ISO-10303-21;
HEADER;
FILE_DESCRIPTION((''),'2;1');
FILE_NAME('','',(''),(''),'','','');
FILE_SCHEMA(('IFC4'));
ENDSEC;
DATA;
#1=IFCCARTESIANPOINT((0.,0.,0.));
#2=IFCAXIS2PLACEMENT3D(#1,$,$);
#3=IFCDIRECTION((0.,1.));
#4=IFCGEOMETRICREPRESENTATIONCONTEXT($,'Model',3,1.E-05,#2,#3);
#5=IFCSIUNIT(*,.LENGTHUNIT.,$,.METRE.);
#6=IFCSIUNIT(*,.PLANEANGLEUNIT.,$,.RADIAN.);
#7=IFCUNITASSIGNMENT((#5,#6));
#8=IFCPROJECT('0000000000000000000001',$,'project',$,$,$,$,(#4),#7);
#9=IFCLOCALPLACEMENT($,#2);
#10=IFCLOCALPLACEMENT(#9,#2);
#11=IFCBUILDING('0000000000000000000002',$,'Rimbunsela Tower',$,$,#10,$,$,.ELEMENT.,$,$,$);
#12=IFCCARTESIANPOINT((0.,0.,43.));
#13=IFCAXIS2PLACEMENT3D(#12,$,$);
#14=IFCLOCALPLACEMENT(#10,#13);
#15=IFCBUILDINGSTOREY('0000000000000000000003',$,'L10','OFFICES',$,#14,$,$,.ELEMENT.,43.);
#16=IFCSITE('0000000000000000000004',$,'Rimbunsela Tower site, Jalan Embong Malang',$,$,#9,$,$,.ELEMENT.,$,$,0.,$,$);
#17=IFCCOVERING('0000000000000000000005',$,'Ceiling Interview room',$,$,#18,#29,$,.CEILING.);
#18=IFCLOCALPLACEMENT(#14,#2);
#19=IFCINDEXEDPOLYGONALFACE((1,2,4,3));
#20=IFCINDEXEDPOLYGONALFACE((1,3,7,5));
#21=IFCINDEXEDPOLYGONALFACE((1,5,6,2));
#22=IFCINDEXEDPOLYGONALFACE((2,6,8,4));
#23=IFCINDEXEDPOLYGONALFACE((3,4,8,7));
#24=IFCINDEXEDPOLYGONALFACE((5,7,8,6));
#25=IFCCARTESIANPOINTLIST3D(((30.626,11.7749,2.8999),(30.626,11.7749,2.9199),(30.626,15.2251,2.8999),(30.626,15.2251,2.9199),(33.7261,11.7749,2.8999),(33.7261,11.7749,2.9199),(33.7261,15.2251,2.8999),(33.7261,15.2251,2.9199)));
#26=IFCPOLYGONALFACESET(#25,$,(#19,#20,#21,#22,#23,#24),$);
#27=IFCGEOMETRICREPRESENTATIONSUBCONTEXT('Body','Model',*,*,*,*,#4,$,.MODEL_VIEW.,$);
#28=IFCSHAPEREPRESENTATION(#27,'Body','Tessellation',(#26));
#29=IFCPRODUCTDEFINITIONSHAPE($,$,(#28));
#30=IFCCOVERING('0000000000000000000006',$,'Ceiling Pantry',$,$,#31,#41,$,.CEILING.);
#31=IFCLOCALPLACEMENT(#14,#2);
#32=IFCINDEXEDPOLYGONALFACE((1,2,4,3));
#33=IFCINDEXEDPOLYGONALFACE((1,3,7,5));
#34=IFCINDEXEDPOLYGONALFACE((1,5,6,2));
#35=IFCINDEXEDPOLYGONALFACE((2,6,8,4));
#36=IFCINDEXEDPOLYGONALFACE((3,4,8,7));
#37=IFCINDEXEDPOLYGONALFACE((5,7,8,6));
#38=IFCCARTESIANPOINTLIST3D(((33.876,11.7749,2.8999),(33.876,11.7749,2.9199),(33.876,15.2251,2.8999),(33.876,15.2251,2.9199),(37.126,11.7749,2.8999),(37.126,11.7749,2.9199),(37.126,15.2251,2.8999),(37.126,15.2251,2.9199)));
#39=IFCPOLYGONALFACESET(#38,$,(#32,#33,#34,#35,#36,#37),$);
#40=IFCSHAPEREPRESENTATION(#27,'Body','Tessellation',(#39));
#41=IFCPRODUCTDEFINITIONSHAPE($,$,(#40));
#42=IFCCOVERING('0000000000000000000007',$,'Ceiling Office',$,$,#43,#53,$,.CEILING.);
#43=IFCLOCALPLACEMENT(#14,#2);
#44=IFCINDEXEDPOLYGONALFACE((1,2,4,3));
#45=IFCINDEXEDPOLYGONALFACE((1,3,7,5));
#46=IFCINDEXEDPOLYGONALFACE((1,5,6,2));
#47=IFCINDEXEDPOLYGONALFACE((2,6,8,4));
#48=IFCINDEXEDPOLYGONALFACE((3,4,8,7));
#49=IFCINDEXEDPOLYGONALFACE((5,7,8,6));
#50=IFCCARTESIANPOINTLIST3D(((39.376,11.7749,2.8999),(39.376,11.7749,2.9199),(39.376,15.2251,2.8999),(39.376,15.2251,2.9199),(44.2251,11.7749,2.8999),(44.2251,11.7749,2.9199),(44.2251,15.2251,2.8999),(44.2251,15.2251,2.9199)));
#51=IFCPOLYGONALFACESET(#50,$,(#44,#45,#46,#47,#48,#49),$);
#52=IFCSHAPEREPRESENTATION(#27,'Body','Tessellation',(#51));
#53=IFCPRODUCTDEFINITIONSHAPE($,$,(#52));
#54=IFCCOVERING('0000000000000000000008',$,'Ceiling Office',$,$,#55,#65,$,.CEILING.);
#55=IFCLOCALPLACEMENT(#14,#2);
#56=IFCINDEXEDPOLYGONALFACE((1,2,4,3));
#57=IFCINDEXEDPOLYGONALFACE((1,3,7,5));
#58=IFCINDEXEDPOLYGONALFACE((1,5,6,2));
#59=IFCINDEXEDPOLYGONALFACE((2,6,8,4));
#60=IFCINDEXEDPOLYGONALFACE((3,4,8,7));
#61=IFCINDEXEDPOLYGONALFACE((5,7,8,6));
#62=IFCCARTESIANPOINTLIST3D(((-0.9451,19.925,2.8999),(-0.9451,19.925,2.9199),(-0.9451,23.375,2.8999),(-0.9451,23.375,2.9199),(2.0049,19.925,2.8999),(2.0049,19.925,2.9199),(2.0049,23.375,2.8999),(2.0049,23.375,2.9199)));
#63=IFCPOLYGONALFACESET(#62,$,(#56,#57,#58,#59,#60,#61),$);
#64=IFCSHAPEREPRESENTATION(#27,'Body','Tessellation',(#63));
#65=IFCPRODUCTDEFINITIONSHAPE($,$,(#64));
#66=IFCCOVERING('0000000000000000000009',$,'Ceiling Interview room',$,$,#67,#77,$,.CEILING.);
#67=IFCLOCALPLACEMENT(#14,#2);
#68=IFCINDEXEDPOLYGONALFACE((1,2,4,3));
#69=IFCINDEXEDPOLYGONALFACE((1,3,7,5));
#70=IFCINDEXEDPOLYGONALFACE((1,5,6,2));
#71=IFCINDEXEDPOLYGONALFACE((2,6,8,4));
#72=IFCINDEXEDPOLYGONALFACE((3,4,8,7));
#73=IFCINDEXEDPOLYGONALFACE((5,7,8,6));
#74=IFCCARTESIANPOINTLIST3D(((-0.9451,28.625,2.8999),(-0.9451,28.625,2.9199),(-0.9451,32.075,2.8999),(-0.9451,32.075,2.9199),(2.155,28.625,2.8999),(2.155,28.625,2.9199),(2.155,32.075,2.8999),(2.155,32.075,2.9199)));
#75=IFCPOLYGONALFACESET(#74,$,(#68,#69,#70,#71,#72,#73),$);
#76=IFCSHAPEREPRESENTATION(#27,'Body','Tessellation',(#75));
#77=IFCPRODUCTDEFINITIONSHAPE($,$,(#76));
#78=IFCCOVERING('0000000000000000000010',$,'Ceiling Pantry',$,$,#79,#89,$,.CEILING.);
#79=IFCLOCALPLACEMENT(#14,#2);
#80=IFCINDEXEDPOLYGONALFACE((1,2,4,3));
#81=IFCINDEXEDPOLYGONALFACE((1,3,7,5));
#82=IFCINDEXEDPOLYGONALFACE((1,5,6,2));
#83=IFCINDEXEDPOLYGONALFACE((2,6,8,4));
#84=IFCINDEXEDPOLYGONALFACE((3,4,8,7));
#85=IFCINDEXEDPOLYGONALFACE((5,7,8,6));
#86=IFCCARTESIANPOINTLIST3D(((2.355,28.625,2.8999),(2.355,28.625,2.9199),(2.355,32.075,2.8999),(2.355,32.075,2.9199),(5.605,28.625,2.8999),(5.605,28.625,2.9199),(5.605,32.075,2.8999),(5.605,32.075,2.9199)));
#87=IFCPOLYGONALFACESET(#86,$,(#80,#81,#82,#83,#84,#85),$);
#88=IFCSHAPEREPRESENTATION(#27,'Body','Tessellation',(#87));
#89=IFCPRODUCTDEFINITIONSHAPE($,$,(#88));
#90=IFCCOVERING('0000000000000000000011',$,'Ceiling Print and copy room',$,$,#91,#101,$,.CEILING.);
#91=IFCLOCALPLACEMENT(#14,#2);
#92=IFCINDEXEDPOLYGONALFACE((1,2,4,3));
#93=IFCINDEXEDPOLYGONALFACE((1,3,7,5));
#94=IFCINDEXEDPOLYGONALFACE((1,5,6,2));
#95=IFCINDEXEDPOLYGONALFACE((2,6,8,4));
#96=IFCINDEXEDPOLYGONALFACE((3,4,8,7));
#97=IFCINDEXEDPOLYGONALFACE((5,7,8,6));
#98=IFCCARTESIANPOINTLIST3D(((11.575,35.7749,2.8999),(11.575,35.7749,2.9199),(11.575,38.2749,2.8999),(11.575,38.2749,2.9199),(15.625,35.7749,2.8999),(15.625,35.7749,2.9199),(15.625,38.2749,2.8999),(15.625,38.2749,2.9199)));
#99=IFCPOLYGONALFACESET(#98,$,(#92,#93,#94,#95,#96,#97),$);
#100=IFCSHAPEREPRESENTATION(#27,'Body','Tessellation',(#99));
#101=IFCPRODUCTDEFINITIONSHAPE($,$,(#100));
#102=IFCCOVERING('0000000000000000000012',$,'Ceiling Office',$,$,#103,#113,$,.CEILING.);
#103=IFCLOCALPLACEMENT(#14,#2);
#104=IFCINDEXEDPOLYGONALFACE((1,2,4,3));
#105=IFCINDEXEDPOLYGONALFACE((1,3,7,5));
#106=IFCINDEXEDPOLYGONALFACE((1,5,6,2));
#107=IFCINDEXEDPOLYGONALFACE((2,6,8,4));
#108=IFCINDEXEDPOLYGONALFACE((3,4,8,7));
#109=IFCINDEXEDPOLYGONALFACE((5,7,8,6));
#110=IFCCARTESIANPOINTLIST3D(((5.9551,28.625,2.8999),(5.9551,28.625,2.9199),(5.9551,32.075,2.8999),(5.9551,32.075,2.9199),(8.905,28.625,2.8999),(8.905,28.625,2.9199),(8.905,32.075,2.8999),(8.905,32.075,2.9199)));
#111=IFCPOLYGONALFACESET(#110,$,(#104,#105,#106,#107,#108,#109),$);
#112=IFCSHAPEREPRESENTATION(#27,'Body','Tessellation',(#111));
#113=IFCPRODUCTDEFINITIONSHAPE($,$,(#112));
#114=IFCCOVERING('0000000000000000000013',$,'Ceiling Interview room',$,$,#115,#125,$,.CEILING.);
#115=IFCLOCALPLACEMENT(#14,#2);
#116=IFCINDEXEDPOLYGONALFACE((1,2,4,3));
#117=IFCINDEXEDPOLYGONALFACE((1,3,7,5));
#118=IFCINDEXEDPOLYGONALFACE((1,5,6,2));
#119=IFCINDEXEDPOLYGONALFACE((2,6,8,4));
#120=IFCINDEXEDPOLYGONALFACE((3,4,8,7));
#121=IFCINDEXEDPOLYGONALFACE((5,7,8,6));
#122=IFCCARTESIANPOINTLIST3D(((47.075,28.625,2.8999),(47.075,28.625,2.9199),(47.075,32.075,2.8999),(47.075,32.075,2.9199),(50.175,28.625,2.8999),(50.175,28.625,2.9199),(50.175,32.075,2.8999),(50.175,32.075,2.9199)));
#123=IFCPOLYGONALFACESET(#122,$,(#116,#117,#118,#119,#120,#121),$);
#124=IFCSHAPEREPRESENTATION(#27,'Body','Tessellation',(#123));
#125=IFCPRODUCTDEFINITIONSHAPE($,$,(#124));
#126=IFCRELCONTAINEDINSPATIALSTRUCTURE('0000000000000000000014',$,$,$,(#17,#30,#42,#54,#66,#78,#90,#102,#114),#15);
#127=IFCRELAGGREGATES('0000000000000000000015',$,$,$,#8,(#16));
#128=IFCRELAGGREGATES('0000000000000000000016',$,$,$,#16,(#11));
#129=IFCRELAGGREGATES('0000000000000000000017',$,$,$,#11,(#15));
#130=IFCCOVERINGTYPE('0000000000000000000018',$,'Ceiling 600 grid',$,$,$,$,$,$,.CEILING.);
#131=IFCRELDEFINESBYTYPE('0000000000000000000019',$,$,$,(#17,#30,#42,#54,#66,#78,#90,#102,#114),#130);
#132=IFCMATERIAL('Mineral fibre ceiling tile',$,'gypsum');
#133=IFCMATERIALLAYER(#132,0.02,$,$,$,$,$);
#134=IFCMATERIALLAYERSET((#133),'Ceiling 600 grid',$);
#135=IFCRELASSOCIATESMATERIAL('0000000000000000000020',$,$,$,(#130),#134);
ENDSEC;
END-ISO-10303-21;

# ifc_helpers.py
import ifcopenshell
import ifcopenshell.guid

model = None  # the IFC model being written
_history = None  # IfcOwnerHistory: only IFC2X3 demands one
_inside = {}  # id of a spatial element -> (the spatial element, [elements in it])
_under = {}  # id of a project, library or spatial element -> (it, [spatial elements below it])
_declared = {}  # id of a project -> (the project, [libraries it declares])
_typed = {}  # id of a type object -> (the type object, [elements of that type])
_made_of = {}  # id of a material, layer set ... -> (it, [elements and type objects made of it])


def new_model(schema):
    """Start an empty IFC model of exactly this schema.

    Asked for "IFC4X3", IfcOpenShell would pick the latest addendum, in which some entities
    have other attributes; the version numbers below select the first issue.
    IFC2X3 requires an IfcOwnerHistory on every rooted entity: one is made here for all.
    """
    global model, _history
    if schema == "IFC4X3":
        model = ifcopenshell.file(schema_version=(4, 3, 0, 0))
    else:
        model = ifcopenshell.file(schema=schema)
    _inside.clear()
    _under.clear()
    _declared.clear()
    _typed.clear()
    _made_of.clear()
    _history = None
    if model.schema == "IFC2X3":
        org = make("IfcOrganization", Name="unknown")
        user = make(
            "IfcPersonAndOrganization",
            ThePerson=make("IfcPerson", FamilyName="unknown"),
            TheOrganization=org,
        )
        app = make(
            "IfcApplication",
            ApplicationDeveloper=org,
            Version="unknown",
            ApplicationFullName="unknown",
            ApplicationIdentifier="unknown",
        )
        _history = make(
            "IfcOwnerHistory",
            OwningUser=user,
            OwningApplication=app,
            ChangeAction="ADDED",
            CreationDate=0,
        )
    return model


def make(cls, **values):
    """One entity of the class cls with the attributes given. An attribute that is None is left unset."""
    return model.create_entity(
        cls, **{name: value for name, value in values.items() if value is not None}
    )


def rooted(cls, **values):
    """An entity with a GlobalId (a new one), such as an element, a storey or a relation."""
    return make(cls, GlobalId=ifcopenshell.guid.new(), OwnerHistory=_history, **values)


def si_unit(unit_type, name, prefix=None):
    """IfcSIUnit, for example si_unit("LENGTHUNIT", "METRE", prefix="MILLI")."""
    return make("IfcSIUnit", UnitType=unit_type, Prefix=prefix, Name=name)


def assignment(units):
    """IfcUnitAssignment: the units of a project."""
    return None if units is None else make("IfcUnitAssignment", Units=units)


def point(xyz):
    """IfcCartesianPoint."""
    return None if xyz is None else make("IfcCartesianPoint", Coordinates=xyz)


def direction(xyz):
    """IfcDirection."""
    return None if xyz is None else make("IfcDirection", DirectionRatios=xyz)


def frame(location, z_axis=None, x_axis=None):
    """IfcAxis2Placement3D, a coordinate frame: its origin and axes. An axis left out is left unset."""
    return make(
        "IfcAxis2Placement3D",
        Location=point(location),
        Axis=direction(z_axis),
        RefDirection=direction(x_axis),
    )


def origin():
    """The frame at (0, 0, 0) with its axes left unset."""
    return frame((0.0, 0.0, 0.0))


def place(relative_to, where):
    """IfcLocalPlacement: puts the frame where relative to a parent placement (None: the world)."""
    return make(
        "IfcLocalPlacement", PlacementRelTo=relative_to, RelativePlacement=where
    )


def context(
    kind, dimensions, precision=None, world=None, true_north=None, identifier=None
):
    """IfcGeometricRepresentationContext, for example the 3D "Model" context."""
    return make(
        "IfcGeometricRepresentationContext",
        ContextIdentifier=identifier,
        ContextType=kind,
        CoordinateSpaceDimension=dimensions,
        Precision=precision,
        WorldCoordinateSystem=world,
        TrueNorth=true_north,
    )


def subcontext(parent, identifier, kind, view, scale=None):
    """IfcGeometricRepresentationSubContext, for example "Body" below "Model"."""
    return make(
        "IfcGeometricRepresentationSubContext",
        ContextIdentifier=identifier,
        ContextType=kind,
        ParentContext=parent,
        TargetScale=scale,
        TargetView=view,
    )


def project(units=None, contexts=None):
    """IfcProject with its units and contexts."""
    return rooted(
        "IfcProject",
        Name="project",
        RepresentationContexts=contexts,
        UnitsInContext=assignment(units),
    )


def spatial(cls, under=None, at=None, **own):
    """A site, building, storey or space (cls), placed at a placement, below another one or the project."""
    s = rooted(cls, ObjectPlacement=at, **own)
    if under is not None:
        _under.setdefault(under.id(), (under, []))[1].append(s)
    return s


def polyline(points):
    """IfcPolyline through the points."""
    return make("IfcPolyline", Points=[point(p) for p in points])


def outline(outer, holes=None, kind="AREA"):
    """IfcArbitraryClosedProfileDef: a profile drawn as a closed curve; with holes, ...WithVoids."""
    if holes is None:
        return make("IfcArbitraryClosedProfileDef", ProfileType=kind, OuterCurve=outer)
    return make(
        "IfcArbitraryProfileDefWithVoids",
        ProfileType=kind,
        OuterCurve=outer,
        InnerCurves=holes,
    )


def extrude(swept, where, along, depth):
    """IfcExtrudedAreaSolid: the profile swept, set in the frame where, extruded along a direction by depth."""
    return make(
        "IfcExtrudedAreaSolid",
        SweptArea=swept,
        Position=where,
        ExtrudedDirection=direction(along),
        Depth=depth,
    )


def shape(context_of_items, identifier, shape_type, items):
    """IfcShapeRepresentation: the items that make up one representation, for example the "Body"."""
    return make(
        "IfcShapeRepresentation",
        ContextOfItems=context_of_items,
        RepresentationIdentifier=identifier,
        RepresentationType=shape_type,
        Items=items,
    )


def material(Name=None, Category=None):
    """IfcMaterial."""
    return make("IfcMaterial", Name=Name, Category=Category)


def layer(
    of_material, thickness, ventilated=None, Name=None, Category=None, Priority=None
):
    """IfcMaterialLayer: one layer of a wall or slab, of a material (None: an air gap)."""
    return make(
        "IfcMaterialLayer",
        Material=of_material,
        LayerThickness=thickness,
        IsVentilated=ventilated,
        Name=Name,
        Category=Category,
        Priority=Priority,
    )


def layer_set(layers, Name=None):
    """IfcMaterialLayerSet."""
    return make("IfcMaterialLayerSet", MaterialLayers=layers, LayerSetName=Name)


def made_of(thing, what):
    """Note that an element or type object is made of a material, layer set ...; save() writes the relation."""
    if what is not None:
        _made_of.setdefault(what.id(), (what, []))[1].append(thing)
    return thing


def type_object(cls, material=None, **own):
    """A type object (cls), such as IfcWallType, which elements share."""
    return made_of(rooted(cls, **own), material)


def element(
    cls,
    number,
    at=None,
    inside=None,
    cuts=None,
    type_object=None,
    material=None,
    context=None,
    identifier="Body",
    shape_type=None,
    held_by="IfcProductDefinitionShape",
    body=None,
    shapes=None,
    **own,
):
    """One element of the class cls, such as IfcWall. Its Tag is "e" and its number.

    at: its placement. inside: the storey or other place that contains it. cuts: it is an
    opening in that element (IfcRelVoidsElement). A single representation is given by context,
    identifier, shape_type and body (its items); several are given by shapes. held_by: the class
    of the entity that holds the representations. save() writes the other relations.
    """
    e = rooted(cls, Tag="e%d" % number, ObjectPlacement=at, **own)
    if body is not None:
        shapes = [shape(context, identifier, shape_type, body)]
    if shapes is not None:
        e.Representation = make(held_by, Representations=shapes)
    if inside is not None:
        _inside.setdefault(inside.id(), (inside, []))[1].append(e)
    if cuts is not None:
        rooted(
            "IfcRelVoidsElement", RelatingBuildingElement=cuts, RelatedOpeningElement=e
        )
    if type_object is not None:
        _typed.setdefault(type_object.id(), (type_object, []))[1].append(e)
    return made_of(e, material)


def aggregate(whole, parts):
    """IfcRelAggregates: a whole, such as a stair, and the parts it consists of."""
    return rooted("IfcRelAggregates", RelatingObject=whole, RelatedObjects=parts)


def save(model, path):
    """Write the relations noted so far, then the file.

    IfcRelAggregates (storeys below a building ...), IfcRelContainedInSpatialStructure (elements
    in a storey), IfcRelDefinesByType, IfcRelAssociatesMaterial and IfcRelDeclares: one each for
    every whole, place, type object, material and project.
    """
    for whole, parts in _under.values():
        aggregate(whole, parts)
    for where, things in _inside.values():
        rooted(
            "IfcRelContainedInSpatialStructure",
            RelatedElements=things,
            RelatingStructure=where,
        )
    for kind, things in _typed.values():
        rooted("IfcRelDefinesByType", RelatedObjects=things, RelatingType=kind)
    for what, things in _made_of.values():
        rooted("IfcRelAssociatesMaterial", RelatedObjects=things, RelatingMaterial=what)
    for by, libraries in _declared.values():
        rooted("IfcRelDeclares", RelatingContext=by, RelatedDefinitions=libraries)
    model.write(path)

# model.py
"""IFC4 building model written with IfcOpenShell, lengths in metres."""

from ifc_helpers import new_model, si_unit, direction, frame, origin, place, context, subcontext, project, spatial, polyline, outline, extrude, material, layer, layer_set, type_object, element, save


model = new_model("IFC4")

# Units and contexts
model_context = context("Model", 3, precision=1e-05, world=origin(), true_north=direction((0.0, 1.0)))
body_context = subcontext(model_context, "Body", "Model", "MODEL_VIEW")
ifc_project = project(units=[si_unit("LENGTHUNIT", "METRE"), si_unit("PLANEANGLEUNIT", "RADIAN")], contexts=[model_context])

# Site, building, storey
site_placement = place(None, origin())
site = spatial("IfcSite", under=ifc_project, at=site_placement, Name="Rimbunsela Tower site, Jalan Embong Malang", CompositionType="ELEMENT", RefElevation=0.0)
building_placement = place(site_placement, origin())
building = spatial("IfcBuilding", under=site, at=building_placement, Name="Rimbunsela Tower", CompositionType="ELEMENT")
storey_placement = place(building_placement, frame((0.0, 0.0, 43.0)))
storey = spatial("IfcBuildingStorey", under=building, at=storey_placement, Name="L10", Description="OFFICES", CompositionType="ELEMENT", Elevation=43.0)

# Coverings
ifc_material_1 = material(Name="Mineral fibre ceiling tile", Category="gypsum")
ifc_layer_1 = layer(ifc_material_1, 0.02)
ifc_layer_set_1 = layer_set([ifc_layer_1], Name="Ceiling 600 grid")
covering_type_1 = type_object("IfcCoveringType", Name="Ceiling 600 grid", PredefinedType="CEILING", material=ifc_layer_set_1)
covering_1_placement = place(storey_placement, frame((0.0, 0.0, 2.8999)))
element("IfcCovering", 1, at=covering_1_placement, inside=storey, type_object=covering_type_1, Name="Ceiling Interview room", PredefinedType="CEILING", context=body_context, shape_type="SweptSolid", body=[
    extrude(outline(polyline([(33.7261, 11.7749), (33.7261, 15.2251), (30.626, 15.2251), (30.626, 11.7749), (33.7261, 11.7749)])), origin(), (0.0, 0.0, 1.0), 0.02),
])
covering_2_placement = place(storey_placement, frame((0.0, 0.0, 2.8999)))
element("IfcCovering", 2, at=covering_2_placement, inside=storey, type_object=covering_type_1, Name="Ceiling Pantry", PredefinedType="CEILING", context=body_context, shape_type="SweptSolid", body=[
    extrude(outline(polyline([(37.126, 11.7749), (37.126, 15.2251), (33.876, 15.2251), (33.876, 11.7749), (37.126, 11.7749)])), origin(), (0.0, 0.0, 1.0), 0.02),
])
covering_3_placement = place(storey_placement, frame((0.0, 0.0, 2.8999)))
element("IfcCovering", 3, at=covering_3_placement, inside=storey, type_object=covering_type_1, Name="Ceiling Office", PredefinedType="CEILING", context=body_context, shape_type="SweptSolid", body=[
    extrude(outline(polyline([(44.2251, 11.7749), (44.2251, 15.2251), (39.376, 15.2251), (39.376, 11.7749), (44.2251, 11.7749)])), origin(), (0.0, 0.0, 1.0), 0.02),
])
covering_4_placement = place(storey_placement, frame((0.0, 0.0, 2.8999)))
element("IfcCovering", 4, at=covering_4_placement, inside=storey, type_object=covering_type_1, Name="Ceiling Office", PredefinedType="CEILING", context=body_context, shape_type="SweptSolid", body=[
    extrude(outline(polyline([(2.0049, 19.925), (2.0049, 23.375), (-0.9451, 23.375), (-0.9451, 19.925), (2.0049, 19.925)])), origin(), (0.0, 0.0, 1.0), 0.02),
])
covering_5_placement = place(storey_placement, frame((0.0, 0.0, 2.8999)))
element("IfcCovering", 5, at=covering_5_placement, inside=storey, type_object=covering_type_1, Name="Ceiling Interview room", PredefinedType="CEILING", context=body_context, shape_type="SweptSolid", body=[
    extrude(outline(polyline([(2.155, 28.625), (2.155, 32.075), (-0.9451, 32.075), (-0.9451, 28.625), (2.155, 28.625)])), origin(), (0.0, 0.0, 1.0), 0.02),
])
covering_6_placement = place(storey_placement, frame((0.0, 0.0, 2.8999)))
element("IfcCovering", 6, at=covering_6_placement, inside=storey, type_object=covering_type_1, Name="Ceiling Pantry", PredefinedType="CEILING", context=body_context, shape_type="SweptSolid", body=[
    extrude(outline(polyline([(5.605, 28.625), (5.605, 32.075), (2.355, 32.075), (2.355, 28.625), (5.605, 28.625)])), origin(), (0.0, 0.0, 1.0), 0.02),
])
covering_7_placement = place(storey_placement, frame((0.0, 0.0, 2.8999)))
element("IfcCovering", 7, at=covering_7_placement, inside=storey, type_object=covering_type_1, Name="Ceiling Print and copy room", PredefinedType="CEILING", context=body_context, shape_type="SweptSolid", body=[
    extrude(outline(polyline([(15.625, 35.7749), (15.625, 38.2749), (11.575, 38.2749), (11.575, 35.7749), (15.625, 35.7749)])), origin(), (0.0, 0.0, 1.0), 0.02),
])
covering_8_placement = place(storey_placement, frame((0.0, 0.0, 2.8999)))
element("IfcCovering", 8, at=covering_8_placement, inside=storey, type_object=covering_type_1, Name="Ceiling Office", PredefinedType="CEILING", context=body_context, shape_type="SweptSolid", body=[
    extrude(outline(polyline([(8.905, 28.625), (8.905, 32.075), (5.9551, 32.075), (5.9551, 28.625), (8.905, 28.625)])), origin(), (0.0, 0.0, 1.0), 0.02),
])
covering_9_placement = place(storey_placement, frame((0.0, 0.0, 2.8999)))
element("IfcCovering", 9, at=covering_9_placement, inside=storey, type_object=covering_type_1, Name="Ceiling Interview room", PredefinedType="CEILING", context=body_context, shape_type="SweptSolid", body=[
    extrude(outline(polyline([(50.175, 28.625), (50.175, 32.075), (47.075, 32.075), (47.075, 28.625), (50.175, 28.625)])), origin(), (0.0, 0.0, 1.0), 0.02),
])

save(model, "model.ifc")
